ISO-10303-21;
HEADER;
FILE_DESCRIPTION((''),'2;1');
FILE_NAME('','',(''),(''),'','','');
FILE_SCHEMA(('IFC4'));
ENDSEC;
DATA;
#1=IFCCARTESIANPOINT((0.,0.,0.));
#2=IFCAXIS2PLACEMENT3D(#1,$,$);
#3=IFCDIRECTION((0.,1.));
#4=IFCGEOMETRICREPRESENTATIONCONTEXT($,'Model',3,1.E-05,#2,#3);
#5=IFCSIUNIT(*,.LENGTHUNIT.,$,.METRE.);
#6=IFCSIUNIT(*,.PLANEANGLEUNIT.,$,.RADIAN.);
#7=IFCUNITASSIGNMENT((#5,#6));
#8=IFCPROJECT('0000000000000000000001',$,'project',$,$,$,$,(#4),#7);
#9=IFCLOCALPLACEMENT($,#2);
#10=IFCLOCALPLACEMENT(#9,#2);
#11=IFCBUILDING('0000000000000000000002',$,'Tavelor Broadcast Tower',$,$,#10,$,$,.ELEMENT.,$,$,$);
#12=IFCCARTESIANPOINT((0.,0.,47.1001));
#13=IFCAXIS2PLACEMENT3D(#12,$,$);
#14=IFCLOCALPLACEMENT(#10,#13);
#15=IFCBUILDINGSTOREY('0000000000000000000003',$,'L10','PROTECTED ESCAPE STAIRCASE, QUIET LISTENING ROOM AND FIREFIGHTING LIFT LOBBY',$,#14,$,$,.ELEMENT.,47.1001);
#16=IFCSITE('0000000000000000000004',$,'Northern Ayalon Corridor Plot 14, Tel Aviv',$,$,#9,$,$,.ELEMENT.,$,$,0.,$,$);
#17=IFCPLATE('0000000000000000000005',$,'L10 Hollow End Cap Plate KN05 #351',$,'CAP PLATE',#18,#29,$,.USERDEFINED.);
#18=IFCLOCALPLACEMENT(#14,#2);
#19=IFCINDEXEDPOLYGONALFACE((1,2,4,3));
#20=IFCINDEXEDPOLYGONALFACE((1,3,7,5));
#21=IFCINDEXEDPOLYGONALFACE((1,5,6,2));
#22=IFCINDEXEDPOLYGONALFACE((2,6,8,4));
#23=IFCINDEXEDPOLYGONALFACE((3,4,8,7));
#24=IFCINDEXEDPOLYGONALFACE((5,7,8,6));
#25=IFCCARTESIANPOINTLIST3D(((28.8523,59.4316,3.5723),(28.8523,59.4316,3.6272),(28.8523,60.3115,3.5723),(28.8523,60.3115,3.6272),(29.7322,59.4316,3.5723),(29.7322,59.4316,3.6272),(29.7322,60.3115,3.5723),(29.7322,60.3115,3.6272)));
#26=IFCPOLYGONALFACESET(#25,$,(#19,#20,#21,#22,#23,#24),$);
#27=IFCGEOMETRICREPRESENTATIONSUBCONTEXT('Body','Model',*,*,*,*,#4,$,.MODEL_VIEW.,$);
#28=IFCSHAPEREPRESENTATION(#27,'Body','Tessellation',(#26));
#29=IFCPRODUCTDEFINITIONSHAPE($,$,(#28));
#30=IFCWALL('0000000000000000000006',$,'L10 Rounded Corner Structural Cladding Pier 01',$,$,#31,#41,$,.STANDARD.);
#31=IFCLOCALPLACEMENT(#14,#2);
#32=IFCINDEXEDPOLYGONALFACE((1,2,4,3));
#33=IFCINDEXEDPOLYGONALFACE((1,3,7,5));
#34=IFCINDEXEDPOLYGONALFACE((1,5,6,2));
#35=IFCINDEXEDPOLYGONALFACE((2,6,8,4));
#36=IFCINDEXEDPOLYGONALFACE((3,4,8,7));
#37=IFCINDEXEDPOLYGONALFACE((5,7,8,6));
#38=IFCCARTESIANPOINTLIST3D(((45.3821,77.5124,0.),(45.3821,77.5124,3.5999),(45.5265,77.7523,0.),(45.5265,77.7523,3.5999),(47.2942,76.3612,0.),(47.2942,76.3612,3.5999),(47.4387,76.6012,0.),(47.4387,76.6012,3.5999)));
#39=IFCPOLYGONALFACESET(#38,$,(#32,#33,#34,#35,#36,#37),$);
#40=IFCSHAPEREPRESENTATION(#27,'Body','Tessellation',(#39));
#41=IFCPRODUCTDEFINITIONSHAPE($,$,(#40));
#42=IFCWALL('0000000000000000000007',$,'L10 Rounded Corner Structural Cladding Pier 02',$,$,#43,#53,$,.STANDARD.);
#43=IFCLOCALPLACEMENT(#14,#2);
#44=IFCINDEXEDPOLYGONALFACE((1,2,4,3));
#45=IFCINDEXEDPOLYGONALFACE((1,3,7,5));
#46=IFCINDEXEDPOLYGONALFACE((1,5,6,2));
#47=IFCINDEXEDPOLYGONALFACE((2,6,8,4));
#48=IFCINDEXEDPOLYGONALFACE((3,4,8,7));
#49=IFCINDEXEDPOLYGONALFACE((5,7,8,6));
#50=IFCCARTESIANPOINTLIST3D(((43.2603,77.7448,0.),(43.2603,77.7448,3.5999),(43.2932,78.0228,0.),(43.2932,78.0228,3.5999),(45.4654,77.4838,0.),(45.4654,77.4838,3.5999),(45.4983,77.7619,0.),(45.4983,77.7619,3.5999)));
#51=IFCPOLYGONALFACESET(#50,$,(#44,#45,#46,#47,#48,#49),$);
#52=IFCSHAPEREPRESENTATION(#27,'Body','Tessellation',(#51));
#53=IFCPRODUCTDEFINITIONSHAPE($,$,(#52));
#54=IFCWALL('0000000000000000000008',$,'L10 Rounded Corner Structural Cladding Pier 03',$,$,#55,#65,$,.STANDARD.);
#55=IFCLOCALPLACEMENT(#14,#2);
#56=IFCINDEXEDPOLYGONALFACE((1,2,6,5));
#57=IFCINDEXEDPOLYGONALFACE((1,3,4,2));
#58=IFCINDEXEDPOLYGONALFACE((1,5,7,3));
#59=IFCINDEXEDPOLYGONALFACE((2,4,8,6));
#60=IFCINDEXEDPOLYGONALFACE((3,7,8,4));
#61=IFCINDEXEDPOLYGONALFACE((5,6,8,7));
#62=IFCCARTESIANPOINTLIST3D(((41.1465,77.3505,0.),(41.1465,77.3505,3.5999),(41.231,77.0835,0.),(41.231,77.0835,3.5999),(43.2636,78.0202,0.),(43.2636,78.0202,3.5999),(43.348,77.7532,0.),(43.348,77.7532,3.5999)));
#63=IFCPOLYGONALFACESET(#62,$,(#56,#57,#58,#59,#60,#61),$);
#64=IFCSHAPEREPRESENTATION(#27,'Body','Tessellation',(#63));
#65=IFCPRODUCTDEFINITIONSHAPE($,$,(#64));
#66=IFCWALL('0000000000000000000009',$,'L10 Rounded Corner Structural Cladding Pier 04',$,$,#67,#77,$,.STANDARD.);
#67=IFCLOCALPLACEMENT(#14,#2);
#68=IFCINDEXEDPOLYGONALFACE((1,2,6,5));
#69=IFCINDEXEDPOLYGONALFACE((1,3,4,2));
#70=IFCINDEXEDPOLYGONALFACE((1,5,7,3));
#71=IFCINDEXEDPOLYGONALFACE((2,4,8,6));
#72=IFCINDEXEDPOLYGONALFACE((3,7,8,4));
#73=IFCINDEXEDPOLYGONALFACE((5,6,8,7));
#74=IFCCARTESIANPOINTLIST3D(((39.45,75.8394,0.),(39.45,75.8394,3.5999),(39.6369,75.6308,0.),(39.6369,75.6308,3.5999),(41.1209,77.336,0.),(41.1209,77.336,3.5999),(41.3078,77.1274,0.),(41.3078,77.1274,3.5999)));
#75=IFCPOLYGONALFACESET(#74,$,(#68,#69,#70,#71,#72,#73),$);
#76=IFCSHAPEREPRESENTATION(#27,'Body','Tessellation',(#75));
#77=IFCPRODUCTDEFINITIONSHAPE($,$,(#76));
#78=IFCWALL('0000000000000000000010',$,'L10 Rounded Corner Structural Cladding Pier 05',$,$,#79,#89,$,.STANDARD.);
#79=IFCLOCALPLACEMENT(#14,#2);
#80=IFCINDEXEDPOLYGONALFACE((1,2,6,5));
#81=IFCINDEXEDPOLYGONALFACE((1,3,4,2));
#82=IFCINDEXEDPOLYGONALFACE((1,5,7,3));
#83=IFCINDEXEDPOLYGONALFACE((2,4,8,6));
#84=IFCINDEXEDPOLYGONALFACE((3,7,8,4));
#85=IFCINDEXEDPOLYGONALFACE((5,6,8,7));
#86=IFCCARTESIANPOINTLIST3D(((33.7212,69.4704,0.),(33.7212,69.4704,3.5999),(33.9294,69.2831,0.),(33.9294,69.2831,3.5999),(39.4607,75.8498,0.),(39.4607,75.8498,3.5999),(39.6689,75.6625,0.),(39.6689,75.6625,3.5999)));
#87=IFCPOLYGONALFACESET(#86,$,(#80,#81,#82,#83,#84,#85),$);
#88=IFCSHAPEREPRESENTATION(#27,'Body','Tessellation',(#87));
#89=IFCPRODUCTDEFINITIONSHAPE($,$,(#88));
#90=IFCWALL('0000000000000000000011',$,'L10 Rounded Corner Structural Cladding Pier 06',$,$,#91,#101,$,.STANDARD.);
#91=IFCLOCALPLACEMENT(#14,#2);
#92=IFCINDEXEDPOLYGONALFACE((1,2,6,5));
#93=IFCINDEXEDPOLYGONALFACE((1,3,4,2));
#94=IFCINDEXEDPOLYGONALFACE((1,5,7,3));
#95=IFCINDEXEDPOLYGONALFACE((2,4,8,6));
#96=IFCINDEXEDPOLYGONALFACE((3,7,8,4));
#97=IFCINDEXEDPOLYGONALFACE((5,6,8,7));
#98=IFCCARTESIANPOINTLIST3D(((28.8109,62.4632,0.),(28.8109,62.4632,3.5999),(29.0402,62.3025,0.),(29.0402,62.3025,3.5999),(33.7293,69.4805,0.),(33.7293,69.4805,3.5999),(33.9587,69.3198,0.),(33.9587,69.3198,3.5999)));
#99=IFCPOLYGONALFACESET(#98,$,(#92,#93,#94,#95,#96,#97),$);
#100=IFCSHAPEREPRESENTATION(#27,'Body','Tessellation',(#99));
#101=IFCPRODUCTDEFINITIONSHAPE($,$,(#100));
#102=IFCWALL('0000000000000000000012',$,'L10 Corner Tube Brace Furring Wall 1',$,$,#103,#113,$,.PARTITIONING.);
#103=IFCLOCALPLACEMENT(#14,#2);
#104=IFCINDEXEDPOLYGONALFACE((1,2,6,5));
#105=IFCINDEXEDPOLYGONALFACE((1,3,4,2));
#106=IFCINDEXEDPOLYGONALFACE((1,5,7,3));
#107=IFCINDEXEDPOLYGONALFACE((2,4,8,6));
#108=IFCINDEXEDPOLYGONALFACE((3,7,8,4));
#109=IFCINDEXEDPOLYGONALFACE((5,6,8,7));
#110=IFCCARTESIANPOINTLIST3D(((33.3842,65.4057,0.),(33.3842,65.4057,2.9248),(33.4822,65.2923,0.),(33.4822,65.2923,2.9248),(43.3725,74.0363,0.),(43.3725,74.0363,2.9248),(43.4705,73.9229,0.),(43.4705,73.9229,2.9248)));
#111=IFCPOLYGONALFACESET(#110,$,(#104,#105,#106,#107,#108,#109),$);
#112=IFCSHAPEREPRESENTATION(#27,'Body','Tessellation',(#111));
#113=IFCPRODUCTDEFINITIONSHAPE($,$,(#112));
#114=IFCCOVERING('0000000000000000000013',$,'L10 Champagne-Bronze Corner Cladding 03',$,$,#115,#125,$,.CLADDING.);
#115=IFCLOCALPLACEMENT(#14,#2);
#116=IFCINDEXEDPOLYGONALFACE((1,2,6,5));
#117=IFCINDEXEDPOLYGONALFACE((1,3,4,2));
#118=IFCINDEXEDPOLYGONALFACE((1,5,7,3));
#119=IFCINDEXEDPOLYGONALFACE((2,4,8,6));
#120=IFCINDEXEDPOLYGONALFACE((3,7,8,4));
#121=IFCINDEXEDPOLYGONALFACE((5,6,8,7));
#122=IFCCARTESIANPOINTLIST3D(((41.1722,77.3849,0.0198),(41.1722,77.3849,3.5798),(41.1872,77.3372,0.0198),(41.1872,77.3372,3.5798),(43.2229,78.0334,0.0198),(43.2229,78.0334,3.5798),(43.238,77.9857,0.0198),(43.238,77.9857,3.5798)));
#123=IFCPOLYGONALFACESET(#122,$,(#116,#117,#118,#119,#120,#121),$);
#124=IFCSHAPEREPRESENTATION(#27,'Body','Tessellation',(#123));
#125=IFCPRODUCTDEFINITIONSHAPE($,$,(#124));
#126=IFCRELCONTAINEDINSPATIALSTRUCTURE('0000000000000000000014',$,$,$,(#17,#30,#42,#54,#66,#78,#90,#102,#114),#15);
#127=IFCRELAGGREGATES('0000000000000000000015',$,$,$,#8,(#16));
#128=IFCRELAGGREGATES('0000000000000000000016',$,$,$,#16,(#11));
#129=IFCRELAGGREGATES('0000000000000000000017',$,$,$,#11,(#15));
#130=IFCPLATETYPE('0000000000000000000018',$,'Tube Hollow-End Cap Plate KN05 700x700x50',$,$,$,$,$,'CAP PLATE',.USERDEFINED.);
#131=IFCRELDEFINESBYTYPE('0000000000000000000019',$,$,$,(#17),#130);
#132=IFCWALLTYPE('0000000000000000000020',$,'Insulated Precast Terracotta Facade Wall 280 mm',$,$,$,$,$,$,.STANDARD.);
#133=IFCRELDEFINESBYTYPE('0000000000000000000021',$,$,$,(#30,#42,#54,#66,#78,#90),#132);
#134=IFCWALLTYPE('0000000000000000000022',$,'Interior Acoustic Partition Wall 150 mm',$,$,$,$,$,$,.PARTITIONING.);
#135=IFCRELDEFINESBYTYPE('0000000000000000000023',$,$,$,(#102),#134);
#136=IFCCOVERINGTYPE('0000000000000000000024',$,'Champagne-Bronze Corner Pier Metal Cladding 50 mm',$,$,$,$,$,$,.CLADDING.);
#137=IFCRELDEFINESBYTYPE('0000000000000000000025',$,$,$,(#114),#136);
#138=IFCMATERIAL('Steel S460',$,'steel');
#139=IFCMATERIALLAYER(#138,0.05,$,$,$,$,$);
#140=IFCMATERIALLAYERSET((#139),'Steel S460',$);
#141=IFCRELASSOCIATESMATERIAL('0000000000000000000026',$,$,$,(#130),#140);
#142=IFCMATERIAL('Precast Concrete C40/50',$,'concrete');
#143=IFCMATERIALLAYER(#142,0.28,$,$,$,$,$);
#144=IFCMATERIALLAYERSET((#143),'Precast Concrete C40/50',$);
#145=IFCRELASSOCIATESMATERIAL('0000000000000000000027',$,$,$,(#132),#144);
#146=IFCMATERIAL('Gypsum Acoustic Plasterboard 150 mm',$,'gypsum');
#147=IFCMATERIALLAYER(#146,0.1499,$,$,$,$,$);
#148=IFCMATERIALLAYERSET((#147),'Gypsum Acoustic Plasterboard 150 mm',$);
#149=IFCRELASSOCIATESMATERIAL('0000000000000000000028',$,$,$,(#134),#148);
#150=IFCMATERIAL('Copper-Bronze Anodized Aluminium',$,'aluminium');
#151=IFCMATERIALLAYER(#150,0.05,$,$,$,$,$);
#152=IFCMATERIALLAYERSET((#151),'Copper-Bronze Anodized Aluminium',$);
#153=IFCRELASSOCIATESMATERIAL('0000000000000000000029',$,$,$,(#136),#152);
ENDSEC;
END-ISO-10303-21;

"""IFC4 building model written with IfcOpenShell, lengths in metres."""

from ifc_helpers import new_model, si_unit, direction, frame, frame_2d, origin, origin_2d, place, context, subcontext, project, spatial, rectangle, extrude, source, transform, mapped, material, layer, layer_set, type_object, element, save


model = new_model("IFC4")

# Units and contexts
model_context = context("Model", 3, precision=1e-05, world=origin(), true_north=direction((0.0, 1.0)))
body_context = subcontext(model_context, "Body", "Model", "MODEL_VIEW")
ifc_project = project(units=[si_unit("LENGTHUNIT", "METRE"), si_unit("PLANEANGLEUNIT", "RADIAN")], contexts=[model_context])

# Site, building, storey
site_placement = place(None, origin())
site = spatial("IfcSite", under=ifc_project, at=site_placement, Name="Northern Ayalon Corridor Plot 14, Tel Aviv", CompositionType="ELEMENT", RefElevation=0.0)
building_placement = place(site_placement, origin())
building = spatial("IfcBuilding", under=site, at=building_placement, Name="Tavelor Broadcast Tower", CompositionType="ELEMENT")
storey_placement = place(building_placement, frame((0.0, 0.0, 47.1001)))
storey = spatial("IfcBuildingStorey", under=building, at=storey_placement, Name="L10", Description="PROTECTED ESCAPE STAIRCASE, QUIET LISTENING ROOM AND FIREFIGHTING LIFT LOBBY", CompositionType="ELEMENT", Elevation=47.1001)

# Shared definitions
ifc_material_1 = material(Name="Steel S460", Category="steel")

# Plate
ifc_layer_1 = layer(ifc_material_1, 0.05)
ifc_layer_set_1 = layer_set([ifc_layer_1], Name="Steel S460")
plate_type = type_object("IfcPlateType", Name="Tube Hollow-End Cap Plate KN05 700x700x50", ElementType="CAP PLATE", PredefinedType="USERDEFINED", material=ifc_layer_set_1)
shared_shape_1 = source(origin(), body_context, "Body", "SweptSolid", [
    extrude(rectangle(XDim=0.8799, YDim=0.8799, at=origin_2d()), origin(), (0.0, 0.0, 1.0), 0.0549),
])
for number, where, z_axis, x_axis, name in (
    (1, (29.2922, 59.8716, 3.5723), (0.0, 0.0, 1.0), (1.0, 0.0, 0.0), "L10 Hollow End Cap Plate KN05 #351"),
):
    element("IfcPlate", number, at=place(storey_placement, frame(where, z_axis=z_axis, x_axis=x_axis)), inside=storey, type_object=plate_type, Name=name, ObjectType="CAP PLATE", PredefinedType="USERDEFINED", context=body_context, shape_type="MappedRepresentation", body=[
        mapped(shared_shape_1, transform((0.0, 0.0, 0.0), scale=1.0)),
    ])

# Walls
ifc_material_2 = material(Name="Precast Concrete C40/50", Category="concrete")
ifc_layer_2 = layer(ifc_material_2, 0.28)
ifc_layer_set_2 = layer_set([ifc_layer_2], Name="Precast Concrete C40/50")
wall_type_1 = type_object("IfcWallType", Name="Insulated Precast Terracotta Facade Wall 280 mm", PredefinedType="STANDARD", material=ifc_layer_set_2)
wall_1_placement = place(storey_placement, frame((47.3665, 76.4812, 0.0), z_axis=(0.0, 0.0, 1.0), x_axis=(-0.856729, 0.515766, 0.0)))
element("IfcWall", 2, at=wall_1_placement, inside=storey, type_object=wall_type_1, Name="L10 Rounded Corner Structural Cladding Pier 01", PredefinedType="STANDARD", context=body_context, shape_type="SweptSolid", body=[
    extrude(rectangle(XDim=2.2319, YDim=0.28, at=frame_2d((1.116, 0.0))), origin(), (0.0, 0.0, 1.0), 3.5999),
])
for number, where, z_axis, x_axis, name in (
    (3, (45.4819, 77.6228, 0.0), (0.0, 0.0, 1.0), (-0.993069, 0.117537, 0.0), "L10 Rounded Corner Structural Cladding Pier 02"),
    (4, (43.3059, 77.8867, 0.0), (0.0, 0.0, 1.0), (-0.953431, -0.30161, 0.0), "L10 Rounded Corner Structural Cladding Pier 03"),
):
    element("IfcWall", number, at=place(storey_placement, frame(where, z_axis=z_axis, x_axis=x_axis)), inside=storey, type_object=wall_type_1, Name=name, PredefinedType="STANDARD", context=body_context, shape_type="SweptSolid", body=[
        extrude(rectangle(XDim=2.2205, YDim=0.28, at=frame_2d((1.1104, 0.0))), origin(), (0.0, 0.0, 1.0), 3.5999),
    ])
wall_2_placement = place(storey_placement, frame((41.2144, 77.2317, 0.0), z_axis=(0.0, 0.0, 1.0), x_axis=(-0.744894, -0.667183, 0.0)))
element("IfcWall", 5, at=wall_2_placement, inside=storey, type_object=wall_type_1, Name="L10 Rounded Corner Structural Cladding Pier 04", PredefinedType="STANDARD", context=body_context, shape_type="SweptSolid", body=[
    extrude(rectangle(XDim=2.2432, YDim=0.28, at=frame_2d((1.1216, 0.0))), origin(), (0.0, 0.0, 1.0), 3.5999),
])
wall_3_placement = place(storey_placement, frame((39.5647, 75.7561, 0.0), z_axis=(0.0, 0.0, 1.0), x_axis=(-0.668839, -0.743407, 0.0)))
element("IfcWall", 6, at=wall_3_placement, inside=storey, type_object=wall_type_1, Name="L10 Rounded Corner Structural Cladding Pier 05", PredefinedType="STANDARD", context=body_context, shape_type="SweptSolid", body=[
    extrude(rectangle(XDim=8.5813, YDim=0.28, at=frame_2d((4.2905, 0.0))), origin(), (0.0, 0.0, 1.0), 3.5999),
])
wall_4_placement = place(storey_placement, frame((33.844, 69.4001, 0.0), z_axis=(0.0, 0.0, 1.0), x_axis=(-0.573957, -0.818885, 0.0)))
element("IfcWall", 7, at=wall_4_placement, inside=storey, type_object=wall_type_1, Name="L10 Rounded Corner Structural Cladding Pier 06", PredefinedType="STANDARD", context=body_context, shape_type="SweptSolid", body=[
    extrude(rectangle(XDim=8.5693, YDim=0.28, at=frame_2d((4.2847, 0.0))), origin(), (0.0, 0.0, 1.0), 3.5999),
])
ifc_material_3 = material(Name="Gypsum Acoustic Plasterboard 150 mm", Category="gypsum")
ifc_layer_3 = layer(ifc_material_3, 0.1499)
ifc_layer_set_3 = layer_set([ifc_layer_3], Name="Gypsum Acoustic Plasterboard 150 mm")
wall_type_2 = type_object("IfcWallType", Name="Interior Acoustic Partition Wall 150 mm", PredefinedType="PARTITIONING", material=ifc_layer_set_3)
wall_5_placement = place(storey_placement, frame((43.4214, 73.9795, 0.0), z_axis=(0.0, 0.0, 1.0), x_axis=(-0.756659, -0.65381, 0.0)))
element("IfcWall", 8, at=wall_5_placement, inside=storey, type_object=wall_type_2, Name="L10 Corner Tube Brace Furring Wall 1", PredefinedType="PARTITIONING", context=body_context, shape_type="SweptSolid", body=[
    extrude(rectangle(XDim=13.2004, YDim=0.1499, at=frame_2d((6.6001, 0.0))), origin(), (0.0, 0.0, 1.0), 2.9248),
])

# Covering
ifc_material_4 = material(Name="Copper-Bronze Anodized Aluminium", Category="aluminium")
ifc_layer_4 = layer(ifc_material_4, 0.05)
ifc_layer_set_4 = layer_set([ifc_layer_4], Name="Copper-Bronze Anodized Aluminium")
covering_type = type_object("IfcCoveringType", Name="Champagne-Bronze Corner Pier Metal Cladding 50 mm", PredefinedType="CLADDING", material=ifc_layer_set_4)
covering_placement = place(storey_placement, frame((42.2051, 77.6853, 0.0198), z_axis=(0.0, 0.0, 1.0), x_axis=(-0.953454, -0.301538, 0.0)))
element("IfcCovering", 9, at=covering_placement, inside=storey, type_object=covering_type, Name="L10 Champagne-Bronze Corner Cladding 03", PredefinedType="CLADDING", context=body_context, shape_type="SweptSolid", body=[
    extrude(rectangle(XDim=2.1509, YDim=0.05, at=origin_2d()), origin(), (0.0, 0.0, 1.0), 3.5601),
])

save(model, "model.ifc")
